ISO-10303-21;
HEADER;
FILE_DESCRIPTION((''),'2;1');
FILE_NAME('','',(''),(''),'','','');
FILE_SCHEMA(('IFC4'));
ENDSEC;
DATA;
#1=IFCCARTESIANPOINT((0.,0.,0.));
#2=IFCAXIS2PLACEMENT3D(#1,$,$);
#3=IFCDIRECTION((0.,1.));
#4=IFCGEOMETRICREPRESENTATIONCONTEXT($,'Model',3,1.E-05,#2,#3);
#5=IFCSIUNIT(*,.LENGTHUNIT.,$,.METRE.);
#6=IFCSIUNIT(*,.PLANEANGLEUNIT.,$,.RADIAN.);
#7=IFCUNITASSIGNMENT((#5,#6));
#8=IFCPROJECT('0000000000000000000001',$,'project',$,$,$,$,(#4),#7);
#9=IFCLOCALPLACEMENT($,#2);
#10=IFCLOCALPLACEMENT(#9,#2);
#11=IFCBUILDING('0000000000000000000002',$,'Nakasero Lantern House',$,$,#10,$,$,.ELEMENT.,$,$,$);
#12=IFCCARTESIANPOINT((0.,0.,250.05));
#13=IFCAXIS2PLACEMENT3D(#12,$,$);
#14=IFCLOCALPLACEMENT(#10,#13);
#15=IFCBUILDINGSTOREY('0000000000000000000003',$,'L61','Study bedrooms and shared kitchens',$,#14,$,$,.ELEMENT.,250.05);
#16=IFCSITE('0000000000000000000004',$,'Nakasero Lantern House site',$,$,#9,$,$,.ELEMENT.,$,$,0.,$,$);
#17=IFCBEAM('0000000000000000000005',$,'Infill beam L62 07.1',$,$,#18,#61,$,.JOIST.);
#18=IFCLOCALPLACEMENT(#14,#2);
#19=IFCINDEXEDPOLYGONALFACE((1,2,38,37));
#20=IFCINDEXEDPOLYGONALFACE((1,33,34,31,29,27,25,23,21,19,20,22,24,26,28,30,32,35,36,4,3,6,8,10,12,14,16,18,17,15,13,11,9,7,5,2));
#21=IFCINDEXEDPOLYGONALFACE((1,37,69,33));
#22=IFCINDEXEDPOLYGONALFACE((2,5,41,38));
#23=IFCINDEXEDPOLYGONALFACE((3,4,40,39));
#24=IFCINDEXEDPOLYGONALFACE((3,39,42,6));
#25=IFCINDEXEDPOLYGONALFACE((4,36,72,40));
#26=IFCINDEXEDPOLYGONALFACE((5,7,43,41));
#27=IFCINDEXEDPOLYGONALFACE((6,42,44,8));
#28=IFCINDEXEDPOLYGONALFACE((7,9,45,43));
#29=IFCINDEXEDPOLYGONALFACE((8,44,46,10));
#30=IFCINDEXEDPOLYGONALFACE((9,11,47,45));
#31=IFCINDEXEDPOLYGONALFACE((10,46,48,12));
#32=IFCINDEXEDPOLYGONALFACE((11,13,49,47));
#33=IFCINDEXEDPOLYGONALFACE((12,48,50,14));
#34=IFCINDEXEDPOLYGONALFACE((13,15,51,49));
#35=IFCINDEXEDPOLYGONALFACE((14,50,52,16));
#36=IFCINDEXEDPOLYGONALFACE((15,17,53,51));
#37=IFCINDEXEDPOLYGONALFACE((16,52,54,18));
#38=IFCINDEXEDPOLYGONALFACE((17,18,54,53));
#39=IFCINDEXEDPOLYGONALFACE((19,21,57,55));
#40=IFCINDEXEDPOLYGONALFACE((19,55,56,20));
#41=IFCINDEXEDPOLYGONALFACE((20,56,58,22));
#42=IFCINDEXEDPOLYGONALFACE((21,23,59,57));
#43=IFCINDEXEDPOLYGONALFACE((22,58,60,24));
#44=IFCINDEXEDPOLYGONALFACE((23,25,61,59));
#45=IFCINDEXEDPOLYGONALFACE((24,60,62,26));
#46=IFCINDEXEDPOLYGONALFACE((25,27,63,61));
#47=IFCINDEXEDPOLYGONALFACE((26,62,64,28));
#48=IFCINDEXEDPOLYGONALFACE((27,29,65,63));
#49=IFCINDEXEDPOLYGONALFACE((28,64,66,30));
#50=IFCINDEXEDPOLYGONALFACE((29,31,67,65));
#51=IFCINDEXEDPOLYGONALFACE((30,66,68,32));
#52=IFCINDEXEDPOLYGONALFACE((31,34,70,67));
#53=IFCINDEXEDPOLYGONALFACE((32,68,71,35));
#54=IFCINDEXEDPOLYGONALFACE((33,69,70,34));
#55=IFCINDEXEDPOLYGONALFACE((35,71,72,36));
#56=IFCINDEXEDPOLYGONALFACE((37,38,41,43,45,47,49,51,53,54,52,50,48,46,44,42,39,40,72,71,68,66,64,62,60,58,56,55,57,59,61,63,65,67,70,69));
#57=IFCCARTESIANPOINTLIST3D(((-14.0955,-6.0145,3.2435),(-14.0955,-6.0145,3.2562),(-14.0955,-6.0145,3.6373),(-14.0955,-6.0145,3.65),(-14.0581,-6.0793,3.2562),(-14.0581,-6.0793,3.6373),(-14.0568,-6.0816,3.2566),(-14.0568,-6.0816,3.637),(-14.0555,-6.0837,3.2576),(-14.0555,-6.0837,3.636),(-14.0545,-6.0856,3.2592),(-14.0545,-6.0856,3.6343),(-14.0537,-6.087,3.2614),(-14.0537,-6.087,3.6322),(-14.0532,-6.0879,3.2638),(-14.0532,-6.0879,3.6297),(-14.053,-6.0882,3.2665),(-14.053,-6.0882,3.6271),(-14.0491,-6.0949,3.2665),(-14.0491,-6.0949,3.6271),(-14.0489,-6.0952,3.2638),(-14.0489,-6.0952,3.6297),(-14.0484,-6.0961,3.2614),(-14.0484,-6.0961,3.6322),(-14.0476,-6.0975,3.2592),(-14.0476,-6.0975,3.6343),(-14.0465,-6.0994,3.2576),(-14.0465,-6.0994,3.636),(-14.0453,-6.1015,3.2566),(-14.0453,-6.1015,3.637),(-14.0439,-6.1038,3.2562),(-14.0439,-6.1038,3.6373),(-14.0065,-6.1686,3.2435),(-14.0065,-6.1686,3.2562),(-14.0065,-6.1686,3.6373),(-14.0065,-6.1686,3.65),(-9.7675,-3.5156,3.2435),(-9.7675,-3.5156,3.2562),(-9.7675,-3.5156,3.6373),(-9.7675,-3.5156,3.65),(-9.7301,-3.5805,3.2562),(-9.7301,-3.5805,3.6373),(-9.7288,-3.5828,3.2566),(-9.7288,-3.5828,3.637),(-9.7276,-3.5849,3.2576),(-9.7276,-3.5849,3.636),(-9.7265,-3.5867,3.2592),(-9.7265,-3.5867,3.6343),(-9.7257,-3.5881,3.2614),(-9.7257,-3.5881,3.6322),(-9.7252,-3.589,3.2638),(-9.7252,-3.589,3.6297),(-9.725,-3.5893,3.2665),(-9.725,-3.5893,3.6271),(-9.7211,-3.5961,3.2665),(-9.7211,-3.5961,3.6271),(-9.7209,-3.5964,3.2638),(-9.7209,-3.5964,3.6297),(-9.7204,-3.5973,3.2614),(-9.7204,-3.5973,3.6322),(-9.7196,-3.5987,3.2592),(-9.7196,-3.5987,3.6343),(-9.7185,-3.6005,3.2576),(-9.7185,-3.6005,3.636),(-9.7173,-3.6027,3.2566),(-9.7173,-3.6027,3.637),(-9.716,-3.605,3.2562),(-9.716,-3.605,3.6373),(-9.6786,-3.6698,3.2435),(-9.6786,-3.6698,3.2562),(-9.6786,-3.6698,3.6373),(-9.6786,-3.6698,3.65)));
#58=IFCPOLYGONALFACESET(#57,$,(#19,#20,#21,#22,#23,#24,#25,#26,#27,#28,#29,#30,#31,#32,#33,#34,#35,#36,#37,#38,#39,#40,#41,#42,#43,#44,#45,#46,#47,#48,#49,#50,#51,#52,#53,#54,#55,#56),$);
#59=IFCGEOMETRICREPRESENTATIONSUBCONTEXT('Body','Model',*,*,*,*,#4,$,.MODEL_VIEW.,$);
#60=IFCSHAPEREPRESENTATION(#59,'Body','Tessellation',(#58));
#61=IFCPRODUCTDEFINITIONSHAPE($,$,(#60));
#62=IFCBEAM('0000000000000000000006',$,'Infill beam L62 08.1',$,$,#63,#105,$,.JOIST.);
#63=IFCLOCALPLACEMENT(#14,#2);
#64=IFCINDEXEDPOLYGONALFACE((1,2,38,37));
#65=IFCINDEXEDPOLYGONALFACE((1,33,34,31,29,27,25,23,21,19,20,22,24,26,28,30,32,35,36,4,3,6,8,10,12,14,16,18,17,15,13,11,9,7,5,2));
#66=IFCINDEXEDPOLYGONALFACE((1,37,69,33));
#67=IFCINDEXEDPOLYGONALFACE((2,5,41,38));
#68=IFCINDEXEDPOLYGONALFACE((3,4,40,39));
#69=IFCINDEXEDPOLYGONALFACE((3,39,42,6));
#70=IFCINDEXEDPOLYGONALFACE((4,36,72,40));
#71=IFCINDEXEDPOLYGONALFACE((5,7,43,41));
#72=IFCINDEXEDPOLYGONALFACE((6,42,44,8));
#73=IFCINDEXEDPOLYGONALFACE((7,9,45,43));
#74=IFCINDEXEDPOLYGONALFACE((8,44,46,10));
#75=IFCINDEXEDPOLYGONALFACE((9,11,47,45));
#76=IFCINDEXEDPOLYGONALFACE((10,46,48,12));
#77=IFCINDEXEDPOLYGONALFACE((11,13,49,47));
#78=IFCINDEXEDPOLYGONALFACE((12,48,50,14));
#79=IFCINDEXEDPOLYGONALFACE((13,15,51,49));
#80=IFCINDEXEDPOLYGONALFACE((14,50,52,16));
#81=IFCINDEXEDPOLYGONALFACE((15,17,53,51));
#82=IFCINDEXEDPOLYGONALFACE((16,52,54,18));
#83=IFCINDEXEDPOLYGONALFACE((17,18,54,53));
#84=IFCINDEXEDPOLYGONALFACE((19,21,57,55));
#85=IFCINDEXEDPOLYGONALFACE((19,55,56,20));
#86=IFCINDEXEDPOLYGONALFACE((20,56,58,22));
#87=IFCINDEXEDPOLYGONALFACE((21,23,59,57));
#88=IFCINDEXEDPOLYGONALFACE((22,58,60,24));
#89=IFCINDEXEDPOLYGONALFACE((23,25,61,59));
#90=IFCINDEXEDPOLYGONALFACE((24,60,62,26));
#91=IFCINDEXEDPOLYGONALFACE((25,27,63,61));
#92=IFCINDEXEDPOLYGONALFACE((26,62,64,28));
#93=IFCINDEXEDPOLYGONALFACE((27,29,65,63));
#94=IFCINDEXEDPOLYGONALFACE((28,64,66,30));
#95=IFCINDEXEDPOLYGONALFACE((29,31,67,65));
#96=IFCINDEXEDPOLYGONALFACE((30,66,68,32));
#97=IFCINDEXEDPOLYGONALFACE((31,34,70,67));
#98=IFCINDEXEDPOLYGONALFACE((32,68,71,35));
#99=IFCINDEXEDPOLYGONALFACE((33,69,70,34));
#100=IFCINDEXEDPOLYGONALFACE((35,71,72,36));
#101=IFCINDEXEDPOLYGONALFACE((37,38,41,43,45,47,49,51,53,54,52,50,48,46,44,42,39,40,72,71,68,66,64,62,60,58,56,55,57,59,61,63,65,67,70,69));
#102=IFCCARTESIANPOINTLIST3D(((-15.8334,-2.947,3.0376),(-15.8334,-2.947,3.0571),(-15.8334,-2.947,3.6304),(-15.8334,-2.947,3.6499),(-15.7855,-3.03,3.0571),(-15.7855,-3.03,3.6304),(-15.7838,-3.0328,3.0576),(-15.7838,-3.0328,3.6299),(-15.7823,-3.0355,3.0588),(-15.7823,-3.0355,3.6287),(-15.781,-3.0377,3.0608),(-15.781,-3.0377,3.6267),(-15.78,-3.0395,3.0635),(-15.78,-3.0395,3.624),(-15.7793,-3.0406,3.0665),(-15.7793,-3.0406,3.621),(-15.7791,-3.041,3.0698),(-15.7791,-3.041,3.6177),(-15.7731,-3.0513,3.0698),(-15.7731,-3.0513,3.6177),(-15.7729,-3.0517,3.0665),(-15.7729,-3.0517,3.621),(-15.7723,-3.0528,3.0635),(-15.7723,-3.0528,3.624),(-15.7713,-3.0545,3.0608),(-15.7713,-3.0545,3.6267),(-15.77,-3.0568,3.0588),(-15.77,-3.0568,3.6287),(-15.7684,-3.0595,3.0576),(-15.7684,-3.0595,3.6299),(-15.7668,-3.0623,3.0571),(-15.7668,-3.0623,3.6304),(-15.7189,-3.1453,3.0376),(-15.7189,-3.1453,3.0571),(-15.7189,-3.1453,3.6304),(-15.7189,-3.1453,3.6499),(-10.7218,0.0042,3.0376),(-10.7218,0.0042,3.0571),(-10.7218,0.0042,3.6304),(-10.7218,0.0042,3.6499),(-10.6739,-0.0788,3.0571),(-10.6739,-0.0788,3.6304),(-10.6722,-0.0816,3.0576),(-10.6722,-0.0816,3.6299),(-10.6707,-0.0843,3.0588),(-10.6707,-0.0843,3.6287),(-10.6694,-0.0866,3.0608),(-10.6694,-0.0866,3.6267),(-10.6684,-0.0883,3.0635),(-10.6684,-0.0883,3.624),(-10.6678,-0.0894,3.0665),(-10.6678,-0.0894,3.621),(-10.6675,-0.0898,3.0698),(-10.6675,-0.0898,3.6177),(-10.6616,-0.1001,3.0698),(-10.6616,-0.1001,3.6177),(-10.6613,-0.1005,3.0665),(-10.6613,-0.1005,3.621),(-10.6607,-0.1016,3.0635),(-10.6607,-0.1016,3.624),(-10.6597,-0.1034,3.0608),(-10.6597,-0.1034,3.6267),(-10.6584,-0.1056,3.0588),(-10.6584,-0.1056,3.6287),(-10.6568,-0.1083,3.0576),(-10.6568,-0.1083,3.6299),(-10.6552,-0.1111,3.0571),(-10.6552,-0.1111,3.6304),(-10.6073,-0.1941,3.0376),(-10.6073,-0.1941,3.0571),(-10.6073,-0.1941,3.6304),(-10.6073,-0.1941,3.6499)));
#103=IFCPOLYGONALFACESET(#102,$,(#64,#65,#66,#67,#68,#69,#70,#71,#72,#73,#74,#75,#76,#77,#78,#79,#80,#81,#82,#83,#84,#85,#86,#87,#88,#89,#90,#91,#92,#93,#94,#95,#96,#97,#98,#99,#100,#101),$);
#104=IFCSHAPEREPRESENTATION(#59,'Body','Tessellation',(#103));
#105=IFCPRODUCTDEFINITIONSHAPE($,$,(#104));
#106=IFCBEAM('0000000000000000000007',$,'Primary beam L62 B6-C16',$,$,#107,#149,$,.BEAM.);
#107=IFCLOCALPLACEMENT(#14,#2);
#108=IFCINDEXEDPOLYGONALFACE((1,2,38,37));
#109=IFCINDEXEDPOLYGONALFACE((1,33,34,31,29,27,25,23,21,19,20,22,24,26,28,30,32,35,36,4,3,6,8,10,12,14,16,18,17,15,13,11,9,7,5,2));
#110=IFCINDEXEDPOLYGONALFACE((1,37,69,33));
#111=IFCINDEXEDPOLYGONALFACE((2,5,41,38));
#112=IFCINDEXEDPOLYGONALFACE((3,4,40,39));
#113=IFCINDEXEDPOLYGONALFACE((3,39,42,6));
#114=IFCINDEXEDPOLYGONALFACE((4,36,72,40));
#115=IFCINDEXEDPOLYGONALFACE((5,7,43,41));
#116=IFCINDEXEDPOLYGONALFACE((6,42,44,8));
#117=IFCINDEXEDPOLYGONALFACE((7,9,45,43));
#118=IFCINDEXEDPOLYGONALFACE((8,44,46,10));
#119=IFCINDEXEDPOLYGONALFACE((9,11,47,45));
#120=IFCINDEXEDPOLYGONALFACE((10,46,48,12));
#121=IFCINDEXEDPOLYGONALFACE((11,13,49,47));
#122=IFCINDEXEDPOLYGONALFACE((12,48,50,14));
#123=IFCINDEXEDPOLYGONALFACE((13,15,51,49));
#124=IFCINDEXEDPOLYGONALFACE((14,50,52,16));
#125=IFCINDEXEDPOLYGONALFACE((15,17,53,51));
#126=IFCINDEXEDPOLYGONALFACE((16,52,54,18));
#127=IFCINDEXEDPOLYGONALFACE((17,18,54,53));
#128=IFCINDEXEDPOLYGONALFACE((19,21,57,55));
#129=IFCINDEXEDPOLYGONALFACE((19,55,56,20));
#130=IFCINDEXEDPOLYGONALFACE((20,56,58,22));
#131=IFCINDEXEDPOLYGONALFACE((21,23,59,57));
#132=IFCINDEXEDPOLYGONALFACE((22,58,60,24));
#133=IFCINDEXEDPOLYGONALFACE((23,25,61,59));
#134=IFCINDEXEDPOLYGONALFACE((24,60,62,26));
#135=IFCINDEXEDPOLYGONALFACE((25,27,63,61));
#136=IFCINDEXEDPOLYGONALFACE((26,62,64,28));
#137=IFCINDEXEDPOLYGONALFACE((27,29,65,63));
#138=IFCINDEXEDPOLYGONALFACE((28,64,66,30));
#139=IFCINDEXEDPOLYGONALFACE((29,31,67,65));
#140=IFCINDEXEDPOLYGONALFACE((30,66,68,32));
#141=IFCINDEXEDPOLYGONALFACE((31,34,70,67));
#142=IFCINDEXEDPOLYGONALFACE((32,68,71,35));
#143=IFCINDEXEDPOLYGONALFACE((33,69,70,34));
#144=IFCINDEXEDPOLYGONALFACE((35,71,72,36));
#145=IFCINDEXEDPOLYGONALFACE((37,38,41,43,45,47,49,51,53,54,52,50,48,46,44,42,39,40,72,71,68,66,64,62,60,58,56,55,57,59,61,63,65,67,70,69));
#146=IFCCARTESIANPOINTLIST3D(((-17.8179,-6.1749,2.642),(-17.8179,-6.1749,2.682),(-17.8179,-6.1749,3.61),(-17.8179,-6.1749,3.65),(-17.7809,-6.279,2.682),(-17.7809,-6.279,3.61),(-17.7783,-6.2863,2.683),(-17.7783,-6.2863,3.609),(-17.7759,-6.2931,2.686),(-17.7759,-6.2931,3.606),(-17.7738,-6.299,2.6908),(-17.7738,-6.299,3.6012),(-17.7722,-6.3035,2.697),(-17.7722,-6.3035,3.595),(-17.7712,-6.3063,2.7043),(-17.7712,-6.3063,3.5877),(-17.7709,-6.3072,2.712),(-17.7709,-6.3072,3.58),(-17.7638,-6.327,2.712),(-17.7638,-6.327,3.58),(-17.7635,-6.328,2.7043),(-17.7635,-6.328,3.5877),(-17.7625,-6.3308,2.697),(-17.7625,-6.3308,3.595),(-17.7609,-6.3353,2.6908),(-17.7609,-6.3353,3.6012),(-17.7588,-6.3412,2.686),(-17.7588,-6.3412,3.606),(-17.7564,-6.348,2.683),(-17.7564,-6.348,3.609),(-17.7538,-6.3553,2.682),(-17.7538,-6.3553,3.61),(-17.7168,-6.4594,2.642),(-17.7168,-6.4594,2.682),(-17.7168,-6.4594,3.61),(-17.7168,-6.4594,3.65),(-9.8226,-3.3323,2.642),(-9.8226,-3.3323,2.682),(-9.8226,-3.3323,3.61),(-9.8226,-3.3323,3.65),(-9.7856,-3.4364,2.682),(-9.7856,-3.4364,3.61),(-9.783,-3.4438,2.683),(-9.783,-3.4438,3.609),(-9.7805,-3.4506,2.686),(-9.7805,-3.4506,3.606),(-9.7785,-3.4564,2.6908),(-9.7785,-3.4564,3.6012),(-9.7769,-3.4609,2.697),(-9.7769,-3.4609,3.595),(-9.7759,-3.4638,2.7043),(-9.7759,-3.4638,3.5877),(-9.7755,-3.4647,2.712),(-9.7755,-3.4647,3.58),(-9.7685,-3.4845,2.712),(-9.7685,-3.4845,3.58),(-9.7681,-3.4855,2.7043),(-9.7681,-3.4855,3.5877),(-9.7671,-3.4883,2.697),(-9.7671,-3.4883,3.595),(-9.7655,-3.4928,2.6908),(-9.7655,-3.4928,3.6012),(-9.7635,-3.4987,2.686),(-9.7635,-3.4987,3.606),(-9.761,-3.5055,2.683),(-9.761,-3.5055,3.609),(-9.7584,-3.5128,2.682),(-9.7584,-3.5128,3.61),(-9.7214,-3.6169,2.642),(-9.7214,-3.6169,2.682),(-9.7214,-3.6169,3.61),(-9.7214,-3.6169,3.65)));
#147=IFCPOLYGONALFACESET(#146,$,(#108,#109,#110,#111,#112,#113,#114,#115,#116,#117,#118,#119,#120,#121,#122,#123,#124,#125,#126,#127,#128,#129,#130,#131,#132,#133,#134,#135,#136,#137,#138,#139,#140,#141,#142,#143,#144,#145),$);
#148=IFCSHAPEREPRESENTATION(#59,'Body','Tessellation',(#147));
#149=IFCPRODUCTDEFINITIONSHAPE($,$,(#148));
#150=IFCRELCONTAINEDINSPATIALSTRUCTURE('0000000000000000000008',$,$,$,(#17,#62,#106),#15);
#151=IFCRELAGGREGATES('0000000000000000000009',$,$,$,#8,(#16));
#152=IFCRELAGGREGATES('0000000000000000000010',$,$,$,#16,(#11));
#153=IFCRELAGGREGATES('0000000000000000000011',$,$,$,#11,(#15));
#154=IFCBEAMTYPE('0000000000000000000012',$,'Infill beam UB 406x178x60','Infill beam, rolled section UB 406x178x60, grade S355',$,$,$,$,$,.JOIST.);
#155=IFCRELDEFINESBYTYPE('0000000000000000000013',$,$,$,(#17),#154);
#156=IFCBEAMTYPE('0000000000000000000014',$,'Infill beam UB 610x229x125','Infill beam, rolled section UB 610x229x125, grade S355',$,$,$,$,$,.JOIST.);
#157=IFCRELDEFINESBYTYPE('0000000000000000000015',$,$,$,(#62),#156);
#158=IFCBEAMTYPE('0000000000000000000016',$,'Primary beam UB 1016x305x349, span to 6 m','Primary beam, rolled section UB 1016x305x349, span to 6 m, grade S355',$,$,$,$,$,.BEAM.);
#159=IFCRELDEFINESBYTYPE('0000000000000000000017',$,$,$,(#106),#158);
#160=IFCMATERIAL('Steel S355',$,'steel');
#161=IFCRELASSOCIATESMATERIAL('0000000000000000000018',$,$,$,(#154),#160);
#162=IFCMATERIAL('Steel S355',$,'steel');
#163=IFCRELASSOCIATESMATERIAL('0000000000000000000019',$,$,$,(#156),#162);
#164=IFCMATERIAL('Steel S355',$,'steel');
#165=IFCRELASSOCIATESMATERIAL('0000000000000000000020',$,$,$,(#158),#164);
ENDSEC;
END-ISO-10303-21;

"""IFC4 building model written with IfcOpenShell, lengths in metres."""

from ifc_helpers import new_model, si_unit, direction, frame, origin, origin_2d, place, context, subcontext, project, spatial, i_section, extrude, material, material_profile, profile_set, type_object, element, save


model = new_model("IFC4")

# Units and contexts
model_context = context("Model", 3, precision=1e-05, world=origin(), true_north=direction((0.0, 1.0)))
body_context = subcontext(model_context, "Body", "Model", "MODEL_VIEW")
ifc_project = project(units=[si_unit("LENGTHUNIT", "METRE"), si_unit("PLANEANGLEUNIT", "RADIAN")], contexts=[model_context])

# Site, building, storey
site_placement = place(None, origin())
site = spatial("IfcSite", under=ifc_project, at=site_placement, Name="Nakasero Lantern House site", CompositionType="ELEMENT", RefElevation=0.0)
building_placement = place(site_placement, origin())
building = spatial("IfcBuilding", under=site, at=building_placement, Name="Nakasero Lantern House", CompositionType="ELEMENT")
storey_placement = place(building_placement, frame((0.0, 0.0, 250.05)))
storey = spatial("IfcBuildingStorey", under=building, at=storey_placement, Name="L61", Description="Study bedrooms and shared kitchens", CompositionType="ELEMENT", Elevation=250.05)

# Beams
ifc_material_1 = material(Name="Steel S355", Category="steel")
ifc_material_profile_1 = material_profile(ifc_material_1, i_section(OverallWidth=0.178, OverallDepth=0.4065, WebThickness=0.0078, FlangeThickness=0.0127, FilletRadius=0.0103, at=origin_2d()), Name="UB 406x178x60")
ifc_profile_set_1 = profile_set([ifc_material_profile_1], Name="Steel S355")
beam_type_1 = type_object("IfcBeamType", Name="Infill beam UB 406x178x60", Description="Infill beam, rolled section UB 406x178x60, grade S355", PredefinedType="JOIST", material=ifc_profile_set_1)
beam_1_placement = place(storey_placement, frame((-14.051, -6.0916, 3.4468), z_axis=(0.866019, 0.500011, 0.0), x_axis=(-0.500011, 0.866019, 0.0)))
element("IfcBeam", 1, at=beam_1_placement, inside=storey, type_object=beam_type_1, Name="Infill beam L62 07.1", PredefinedType="JOIST", context=body_context, shape_type="SweptSolid", body=[
    extrude(i_section(OverallWidth=0.178, OverallDepth=0.4065, WebThickness=0.0078, FlangeThickness=0.0127, FilletRadius=0.0103, at=origin_2d()), origin(), (0.0, 0.0, 1.0), 4.9976),
])
ifc_material_2 = material(Name="Steel S355", Category="steel")
ifc_material_profile_2 = material_profile(ifc_material_2, i_section(OverallWidth=0.229, OverallDepth=0.6123, WebThickness=0.012, FlangeThickness=0.0195, FilletRadius=0.0127, at=origin_2d()), Name="UB 610x229x125")
ifc_profile_set_2 = profile_set([ifc_material_profile_2], Name="Steel S355")
beam_type_2 = type_object("IfcBeamType", Name="Infill beam UB 610x229x125", Description="Infill beam, rolled section UB 610x229x125, grade S355", PredefinedType="JOIST", material=ifc_profile_set_2)
beam_2_placement = place(storey_placement, frame((-15.7761, -3.0461, 3.3438), z_axis=(0.866025, 0.500001, 0.0), x_axis=(-0.500001, 0.866025, 0.0)))
element("IfcBeam", 2, at=beam_2_placement, inside=storey, type_object=beam_type_2, Name="Infill beam L62 08.1", PredefinedType="JOIST", context=body_context, shape_type="SweptSolid", body=[
    extrude(i_section(OverallWidth=0.229, OverallDepth=0.6123, WebThickness=0.012, FlangeThickness=0.0195, FilletRadius=0.0127, at=origin_2d()), origin(), (0.0, 0.0, 1.0), 5.9023),
])
ifc_material_3 = material(Name="Steel S355", Category="steel")
ifc_material_profile_3 = material_profile(ifc_material_3, i_section(OverallWidth=0.302, OverallDepth=1.0081, WebThickness=0.021, FlangeThickness=0.04, FilletRadius=0.03, at=origin_2d()), Name="UB 1016x305x349")
ifc_profile_set_3 = profile_set([ifc_material_profile_3], Name="Steel S355")
beam_type_3 = type_object("IfcBeamType", Name="Primary beam UB 1016x305x349, span to 6 m", Description="Primary beam, rolled section UB 1016x305x349, span to 6 m, grade S355", PredefinedType="BEAM", material=ifc_profile_set_3)
beam_3_placement = place(storey_placement, frame((-17.7673, -6.3171, 3.146), z_axis=(0.942225, 0.334982, 0.0), x_axis=(-0.334982, 0.942225, 0.0)))
element("IfcBeam", 3, at=beam_3_placement, inside=storey, type_object=beam_type_3, Name="Primary beam L62 B6-C16", PredefinedType="BEAM", context=body_context, shape_type="SweptSolid", body=[
    extrude(i_section(OverallWidth=0.302, OverallDepth=1.0081, WebThickness=0.021, FlangeThickness=0.04, FilletRadius=0.03, at=origin_2d()), origin(), (0.0, 0.0, 1.0), 8.4856),
])

save(model, "model.ifc")
